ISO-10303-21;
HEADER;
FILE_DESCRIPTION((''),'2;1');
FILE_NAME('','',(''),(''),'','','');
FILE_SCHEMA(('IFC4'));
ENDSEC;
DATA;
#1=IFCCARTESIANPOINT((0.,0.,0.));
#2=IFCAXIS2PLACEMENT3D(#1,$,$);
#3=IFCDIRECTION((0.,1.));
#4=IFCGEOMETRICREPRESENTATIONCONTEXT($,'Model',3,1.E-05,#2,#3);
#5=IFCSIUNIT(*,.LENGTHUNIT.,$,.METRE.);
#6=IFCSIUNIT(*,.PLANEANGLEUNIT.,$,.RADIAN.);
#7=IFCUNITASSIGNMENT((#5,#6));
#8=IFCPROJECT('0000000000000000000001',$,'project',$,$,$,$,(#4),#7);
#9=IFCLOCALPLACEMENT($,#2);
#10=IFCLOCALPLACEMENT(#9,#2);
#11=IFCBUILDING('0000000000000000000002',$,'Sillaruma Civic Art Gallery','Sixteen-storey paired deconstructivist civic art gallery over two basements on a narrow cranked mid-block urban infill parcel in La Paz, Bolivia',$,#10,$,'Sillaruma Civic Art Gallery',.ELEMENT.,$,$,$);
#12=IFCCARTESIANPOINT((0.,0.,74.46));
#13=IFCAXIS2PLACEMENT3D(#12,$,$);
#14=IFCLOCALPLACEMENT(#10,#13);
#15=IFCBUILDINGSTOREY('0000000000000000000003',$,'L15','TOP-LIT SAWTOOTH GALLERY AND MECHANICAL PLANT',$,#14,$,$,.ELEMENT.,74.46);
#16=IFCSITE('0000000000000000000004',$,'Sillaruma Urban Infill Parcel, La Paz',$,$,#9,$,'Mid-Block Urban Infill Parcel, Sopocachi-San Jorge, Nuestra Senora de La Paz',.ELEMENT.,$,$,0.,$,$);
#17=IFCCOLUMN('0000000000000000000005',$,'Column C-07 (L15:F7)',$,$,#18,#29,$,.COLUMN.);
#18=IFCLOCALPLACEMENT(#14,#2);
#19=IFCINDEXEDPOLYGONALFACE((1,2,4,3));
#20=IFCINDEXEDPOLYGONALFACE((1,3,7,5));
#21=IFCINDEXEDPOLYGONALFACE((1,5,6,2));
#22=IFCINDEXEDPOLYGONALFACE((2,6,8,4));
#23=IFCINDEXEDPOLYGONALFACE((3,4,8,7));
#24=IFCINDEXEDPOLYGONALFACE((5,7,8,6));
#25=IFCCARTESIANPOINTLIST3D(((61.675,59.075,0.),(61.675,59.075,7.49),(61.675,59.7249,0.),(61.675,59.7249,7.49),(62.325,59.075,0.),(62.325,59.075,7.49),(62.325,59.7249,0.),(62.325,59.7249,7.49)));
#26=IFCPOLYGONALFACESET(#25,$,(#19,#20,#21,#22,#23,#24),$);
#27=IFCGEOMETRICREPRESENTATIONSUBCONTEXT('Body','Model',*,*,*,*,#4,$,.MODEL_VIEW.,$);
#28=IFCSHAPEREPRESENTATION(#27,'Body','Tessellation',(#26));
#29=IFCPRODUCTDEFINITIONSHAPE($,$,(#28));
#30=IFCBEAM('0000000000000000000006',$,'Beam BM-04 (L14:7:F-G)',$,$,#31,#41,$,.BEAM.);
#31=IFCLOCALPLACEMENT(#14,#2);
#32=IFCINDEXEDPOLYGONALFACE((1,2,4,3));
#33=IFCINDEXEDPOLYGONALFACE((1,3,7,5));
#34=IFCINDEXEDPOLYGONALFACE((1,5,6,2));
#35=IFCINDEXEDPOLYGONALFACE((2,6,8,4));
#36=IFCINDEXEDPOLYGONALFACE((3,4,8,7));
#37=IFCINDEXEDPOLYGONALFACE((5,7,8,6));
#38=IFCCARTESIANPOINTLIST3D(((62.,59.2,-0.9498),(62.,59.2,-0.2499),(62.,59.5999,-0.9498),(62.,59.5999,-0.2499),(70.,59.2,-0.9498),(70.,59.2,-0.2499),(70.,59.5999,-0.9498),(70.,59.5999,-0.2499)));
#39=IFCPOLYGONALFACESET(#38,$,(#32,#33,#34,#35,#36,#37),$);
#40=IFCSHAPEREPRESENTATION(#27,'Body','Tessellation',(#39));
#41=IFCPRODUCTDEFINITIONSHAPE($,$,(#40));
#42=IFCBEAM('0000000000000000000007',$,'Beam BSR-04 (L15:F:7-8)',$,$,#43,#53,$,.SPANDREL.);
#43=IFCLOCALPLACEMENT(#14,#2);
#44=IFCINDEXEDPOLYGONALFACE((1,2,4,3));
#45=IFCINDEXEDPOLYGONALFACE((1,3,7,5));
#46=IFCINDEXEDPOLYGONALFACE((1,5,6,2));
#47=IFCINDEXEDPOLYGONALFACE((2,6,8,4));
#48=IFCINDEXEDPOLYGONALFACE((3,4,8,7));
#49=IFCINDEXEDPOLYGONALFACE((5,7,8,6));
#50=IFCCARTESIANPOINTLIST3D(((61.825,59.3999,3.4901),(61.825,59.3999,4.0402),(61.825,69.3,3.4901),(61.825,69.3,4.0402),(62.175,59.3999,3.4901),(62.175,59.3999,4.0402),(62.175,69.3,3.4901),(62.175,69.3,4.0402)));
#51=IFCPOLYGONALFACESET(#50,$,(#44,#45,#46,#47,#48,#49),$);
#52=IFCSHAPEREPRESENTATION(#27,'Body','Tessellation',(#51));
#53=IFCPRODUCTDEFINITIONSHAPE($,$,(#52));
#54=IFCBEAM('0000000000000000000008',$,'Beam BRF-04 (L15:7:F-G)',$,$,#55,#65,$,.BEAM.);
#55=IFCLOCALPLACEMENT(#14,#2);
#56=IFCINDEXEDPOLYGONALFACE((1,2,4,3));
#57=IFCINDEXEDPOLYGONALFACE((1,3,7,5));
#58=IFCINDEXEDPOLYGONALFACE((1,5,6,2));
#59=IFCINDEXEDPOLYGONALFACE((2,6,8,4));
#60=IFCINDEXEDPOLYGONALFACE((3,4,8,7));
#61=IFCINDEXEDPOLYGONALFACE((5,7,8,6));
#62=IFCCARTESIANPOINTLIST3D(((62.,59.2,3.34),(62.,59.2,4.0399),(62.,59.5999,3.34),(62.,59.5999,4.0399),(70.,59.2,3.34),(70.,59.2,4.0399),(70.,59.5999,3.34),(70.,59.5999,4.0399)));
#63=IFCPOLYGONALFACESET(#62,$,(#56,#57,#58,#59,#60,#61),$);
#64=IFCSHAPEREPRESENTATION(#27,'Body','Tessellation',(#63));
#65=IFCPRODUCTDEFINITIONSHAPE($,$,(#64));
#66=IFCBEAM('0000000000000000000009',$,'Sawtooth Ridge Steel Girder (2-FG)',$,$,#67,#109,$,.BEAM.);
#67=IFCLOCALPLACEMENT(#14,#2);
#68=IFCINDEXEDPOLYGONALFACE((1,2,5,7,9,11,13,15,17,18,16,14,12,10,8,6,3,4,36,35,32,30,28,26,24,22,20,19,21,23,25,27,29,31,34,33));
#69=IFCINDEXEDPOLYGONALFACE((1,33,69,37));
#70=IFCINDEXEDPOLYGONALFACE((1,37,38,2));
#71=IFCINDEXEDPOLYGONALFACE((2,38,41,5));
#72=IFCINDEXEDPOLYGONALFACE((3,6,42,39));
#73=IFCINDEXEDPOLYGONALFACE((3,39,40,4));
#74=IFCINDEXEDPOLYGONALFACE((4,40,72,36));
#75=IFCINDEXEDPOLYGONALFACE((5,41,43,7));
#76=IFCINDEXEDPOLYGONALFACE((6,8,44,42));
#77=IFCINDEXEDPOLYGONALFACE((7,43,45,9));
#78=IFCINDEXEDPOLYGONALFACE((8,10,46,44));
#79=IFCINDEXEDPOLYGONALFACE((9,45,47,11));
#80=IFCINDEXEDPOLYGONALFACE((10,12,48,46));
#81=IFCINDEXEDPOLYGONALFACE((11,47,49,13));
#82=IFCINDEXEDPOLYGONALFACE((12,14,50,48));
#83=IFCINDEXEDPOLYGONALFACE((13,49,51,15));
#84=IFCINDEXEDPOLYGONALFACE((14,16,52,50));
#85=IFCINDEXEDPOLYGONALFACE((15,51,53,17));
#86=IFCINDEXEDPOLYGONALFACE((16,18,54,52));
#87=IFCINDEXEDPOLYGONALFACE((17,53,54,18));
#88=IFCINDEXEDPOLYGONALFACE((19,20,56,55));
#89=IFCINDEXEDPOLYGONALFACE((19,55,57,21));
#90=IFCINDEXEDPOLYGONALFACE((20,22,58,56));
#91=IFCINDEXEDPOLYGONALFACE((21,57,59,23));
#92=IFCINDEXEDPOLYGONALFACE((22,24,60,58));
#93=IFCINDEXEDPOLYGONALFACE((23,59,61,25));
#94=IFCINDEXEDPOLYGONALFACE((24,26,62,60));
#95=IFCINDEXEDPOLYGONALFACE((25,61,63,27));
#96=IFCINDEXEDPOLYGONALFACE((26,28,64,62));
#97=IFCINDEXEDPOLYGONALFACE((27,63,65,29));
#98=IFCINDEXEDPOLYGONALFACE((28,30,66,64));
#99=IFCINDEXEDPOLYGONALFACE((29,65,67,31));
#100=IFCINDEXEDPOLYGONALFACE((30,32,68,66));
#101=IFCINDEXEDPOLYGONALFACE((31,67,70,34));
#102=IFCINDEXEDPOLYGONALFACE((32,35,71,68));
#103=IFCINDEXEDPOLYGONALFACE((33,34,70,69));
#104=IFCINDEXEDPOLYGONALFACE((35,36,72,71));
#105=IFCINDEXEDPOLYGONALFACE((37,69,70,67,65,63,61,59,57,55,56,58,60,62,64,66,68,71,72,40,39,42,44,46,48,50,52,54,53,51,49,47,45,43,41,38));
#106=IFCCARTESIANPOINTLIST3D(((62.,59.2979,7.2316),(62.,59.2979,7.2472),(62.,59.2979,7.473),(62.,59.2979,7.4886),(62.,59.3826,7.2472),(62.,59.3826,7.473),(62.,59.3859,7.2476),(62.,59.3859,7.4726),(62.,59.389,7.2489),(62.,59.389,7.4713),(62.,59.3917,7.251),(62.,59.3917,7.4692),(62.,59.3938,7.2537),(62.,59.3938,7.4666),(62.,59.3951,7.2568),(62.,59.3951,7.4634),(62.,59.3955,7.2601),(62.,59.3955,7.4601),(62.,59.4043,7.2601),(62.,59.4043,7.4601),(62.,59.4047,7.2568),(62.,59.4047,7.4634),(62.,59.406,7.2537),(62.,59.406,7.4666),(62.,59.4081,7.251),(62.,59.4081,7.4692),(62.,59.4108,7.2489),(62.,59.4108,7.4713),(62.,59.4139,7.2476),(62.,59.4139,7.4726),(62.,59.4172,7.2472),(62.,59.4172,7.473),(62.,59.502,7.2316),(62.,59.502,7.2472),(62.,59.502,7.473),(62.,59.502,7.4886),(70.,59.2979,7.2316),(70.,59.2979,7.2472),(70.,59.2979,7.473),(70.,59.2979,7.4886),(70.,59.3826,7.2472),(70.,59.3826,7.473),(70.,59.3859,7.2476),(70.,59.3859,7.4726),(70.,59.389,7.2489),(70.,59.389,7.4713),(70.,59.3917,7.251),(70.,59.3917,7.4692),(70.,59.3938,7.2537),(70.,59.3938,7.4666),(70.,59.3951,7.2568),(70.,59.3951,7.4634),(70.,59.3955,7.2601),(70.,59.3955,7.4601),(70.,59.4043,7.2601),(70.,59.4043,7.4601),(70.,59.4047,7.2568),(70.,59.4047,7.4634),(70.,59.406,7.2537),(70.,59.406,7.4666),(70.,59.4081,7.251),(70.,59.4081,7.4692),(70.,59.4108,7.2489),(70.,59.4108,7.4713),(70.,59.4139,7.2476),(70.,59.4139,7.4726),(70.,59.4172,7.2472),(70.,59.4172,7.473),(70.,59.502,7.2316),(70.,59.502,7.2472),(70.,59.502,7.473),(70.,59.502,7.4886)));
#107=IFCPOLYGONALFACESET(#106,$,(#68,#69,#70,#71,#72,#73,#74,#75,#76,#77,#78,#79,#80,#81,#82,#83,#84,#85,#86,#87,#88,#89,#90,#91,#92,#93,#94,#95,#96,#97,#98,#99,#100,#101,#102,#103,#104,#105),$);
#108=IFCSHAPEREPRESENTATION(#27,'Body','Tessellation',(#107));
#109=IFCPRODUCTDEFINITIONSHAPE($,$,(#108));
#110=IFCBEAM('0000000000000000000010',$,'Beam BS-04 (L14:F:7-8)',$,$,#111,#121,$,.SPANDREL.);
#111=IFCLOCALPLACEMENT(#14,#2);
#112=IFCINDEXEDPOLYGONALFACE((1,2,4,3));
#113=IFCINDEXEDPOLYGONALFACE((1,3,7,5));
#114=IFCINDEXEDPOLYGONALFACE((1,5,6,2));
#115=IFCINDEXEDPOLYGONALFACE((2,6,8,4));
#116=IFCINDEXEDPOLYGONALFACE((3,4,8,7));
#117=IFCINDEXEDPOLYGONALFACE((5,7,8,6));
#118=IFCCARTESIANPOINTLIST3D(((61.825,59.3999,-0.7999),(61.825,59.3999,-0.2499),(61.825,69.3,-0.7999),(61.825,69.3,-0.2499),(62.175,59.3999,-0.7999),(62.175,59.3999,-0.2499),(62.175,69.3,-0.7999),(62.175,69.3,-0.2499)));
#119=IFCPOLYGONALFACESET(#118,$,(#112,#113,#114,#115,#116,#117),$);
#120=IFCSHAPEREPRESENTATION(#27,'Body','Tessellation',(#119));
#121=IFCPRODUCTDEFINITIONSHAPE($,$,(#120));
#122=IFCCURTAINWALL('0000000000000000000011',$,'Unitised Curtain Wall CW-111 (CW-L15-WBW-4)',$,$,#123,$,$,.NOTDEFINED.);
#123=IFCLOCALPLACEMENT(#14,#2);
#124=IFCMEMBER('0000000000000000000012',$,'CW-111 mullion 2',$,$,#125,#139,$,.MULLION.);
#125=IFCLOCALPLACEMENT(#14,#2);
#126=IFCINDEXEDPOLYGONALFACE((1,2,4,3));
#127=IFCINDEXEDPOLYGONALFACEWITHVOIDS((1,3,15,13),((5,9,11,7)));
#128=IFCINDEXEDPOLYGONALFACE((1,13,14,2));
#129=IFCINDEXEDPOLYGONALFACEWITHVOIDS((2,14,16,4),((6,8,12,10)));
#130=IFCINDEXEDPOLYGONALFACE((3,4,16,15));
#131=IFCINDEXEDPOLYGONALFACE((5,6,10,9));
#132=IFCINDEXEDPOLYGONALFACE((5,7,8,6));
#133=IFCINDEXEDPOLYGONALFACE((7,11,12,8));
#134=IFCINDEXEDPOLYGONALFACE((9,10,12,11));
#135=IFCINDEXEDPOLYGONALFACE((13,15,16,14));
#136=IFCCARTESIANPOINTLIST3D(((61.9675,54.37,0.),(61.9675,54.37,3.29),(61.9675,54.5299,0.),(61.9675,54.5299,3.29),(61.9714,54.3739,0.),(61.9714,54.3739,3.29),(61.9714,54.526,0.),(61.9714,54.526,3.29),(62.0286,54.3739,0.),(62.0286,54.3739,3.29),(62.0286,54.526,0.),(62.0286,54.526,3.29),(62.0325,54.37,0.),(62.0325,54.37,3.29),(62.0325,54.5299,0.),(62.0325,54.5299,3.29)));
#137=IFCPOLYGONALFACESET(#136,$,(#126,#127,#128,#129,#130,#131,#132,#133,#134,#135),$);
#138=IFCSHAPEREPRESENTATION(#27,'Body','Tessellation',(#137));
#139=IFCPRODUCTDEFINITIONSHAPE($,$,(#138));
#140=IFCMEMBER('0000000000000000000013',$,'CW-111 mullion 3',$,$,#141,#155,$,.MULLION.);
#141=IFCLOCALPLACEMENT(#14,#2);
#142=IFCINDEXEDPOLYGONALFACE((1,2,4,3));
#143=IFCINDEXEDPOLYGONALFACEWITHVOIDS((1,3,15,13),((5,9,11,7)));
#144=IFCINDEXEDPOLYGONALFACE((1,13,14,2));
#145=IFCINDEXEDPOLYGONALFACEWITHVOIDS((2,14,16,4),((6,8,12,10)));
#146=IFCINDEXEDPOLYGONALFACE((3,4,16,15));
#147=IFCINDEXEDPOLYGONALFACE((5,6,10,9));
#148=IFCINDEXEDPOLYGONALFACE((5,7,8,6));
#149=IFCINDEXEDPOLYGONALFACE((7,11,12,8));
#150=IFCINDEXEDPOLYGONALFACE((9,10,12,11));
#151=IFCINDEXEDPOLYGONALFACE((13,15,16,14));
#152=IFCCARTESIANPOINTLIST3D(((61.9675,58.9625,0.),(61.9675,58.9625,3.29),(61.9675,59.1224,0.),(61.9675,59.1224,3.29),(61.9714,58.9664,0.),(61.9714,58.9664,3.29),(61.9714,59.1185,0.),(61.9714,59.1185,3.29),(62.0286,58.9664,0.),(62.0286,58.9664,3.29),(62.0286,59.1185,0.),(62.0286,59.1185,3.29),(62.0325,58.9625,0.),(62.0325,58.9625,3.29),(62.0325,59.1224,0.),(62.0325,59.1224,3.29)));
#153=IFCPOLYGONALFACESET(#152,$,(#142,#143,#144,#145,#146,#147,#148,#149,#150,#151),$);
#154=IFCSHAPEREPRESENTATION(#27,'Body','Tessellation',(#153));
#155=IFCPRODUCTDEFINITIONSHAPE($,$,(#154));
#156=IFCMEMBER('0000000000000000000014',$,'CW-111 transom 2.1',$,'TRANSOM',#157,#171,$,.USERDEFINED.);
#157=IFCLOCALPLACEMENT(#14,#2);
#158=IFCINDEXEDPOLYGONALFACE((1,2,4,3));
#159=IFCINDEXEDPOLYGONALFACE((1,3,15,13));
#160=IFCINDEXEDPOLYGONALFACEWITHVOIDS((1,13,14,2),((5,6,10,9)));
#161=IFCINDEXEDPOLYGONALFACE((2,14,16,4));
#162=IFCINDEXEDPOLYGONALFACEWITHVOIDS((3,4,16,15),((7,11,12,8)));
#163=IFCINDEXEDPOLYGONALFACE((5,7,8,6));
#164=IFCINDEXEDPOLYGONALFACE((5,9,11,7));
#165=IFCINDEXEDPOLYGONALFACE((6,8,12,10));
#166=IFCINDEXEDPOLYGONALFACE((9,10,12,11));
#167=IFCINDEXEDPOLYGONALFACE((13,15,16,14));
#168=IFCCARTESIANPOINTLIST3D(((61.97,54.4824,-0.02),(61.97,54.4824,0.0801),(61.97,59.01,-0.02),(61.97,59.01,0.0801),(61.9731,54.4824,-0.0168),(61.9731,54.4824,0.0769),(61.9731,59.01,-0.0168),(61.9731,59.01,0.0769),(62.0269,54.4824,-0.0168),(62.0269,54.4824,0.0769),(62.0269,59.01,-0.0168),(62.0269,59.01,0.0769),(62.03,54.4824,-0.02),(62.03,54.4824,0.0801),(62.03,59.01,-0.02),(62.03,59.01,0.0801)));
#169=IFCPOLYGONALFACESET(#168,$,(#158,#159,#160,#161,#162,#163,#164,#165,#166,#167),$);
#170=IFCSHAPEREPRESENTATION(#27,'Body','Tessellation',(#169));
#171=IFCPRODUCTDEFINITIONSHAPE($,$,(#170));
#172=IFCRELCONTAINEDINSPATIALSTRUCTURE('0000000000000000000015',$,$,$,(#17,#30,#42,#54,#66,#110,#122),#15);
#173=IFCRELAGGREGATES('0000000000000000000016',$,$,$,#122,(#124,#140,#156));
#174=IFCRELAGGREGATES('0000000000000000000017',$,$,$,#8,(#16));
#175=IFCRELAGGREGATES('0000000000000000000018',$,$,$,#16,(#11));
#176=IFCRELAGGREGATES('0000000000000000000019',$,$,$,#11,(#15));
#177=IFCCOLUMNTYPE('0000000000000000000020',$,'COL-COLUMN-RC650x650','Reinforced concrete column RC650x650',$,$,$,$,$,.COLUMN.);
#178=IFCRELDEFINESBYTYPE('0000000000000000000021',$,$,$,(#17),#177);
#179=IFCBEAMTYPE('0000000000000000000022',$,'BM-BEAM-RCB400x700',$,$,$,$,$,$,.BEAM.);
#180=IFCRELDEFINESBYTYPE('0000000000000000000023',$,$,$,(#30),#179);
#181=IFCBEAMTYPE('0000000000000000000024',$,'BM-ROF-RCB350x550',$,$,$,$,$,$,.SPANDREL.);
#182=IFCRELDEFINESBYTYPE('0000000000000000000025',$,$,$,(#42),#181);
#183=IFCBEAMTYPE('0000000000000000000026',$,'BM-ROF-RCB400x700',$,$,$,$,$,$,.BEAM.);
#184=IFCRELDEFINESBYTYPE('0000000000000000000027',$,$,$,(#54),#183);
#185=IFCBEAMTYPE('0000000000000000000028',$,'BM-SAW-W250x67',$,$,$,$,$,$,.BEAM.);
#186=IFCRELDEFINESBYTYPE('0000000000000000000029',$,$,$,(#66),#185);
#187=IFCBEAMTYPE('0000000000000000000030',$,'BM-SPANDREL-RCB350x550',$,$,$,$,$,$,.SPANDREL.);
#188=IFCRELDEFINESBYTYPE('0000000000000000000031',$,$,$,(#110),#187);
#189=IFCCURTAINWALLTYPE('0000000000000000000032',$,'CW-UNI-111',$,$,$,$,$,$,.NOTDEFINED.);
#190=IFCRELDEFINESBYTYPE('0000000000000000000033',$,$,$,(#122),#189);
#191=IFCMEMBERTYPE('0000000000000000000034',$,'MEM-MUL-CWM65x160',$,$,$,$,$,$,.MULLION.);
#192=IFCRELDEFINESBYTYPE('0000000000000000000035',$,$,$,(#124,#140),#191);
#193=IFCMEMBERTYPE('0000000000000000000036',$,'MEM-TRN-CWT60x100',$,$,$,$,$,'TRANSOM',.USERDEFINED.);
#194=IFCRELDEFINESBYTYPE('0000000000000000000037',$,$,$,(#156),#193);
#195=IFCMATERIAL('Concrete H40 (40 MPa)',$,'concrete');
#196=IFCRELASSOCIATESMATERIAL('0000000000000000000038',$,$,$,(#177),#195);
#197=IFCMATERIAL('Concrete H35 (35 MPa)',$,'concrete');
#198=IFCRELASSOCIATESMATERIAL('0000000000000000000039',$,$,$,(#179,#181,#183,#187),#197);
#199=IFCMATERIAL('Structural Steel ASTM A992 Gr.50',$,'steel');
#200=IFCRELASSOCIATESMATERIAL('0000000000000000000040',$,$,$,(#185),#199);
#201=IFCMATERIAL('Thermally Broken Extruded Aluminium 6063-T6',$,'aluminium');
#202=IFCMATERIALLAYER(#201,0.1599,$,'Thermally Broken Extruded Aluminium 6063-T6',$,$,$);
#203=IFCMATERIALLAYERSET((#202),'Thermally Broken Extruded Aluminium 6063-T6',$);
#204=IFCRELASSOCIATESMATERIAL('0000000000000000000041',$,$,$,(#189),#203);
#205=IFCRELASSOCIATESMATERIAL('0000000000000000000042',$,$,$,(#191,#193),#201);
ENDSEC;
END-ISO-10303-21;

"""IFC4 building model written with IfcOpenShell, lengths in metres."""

from ifc_helpers import new_model, si_unit, direction, frame, origin, origin_2d, place, context, subcontext, project, spatial, rectangle, hollow_rectangle, i_section, extrude, material, layer, layer_set, material_profile, profile_set, type_object, element, aggregate, save


model = new_model("IFC4")

# Units and contexts
model_context = context("Model", 3, precision=1e-05, world=origin(), true_north=direction((0.0, 1.0)))
body_context = subcontext(model_context, "Body", "Model", "MODEL_VIEW")
ifc_project = project(units=[si_unit("LENGTHUNIT", "METRE"), si_unit("PLANEANGLEUNIT", "RADIAN")], contexts=[model_context])

# Site, building, storey
site_placement = place(None, origin())
site = spatial("IfcSite", under=ifc_project, at=site_placement, Name="Sillaruma Urban Infill Parcel, La Paz", LongName="Mid-Block Urban Infill Parcel, Sopocachi-San Jorge, Nuestra Senora de La Paz", CompositionType="ELEMENT", RefElevation=0.0)
building_placement = place(site_placement, origin())
building = spatial("IfcBuilding", under=site, at=building_placement, Name="Sillaruma Civic Art Gallery", Description="Sixteen-storey paired deconstructivist civic art gallery over two basements on a narrow cranked mid-block urban infill parcel in La Paz, Bolivia", LongName="Sillaruma Civic Art Gallery", CompositionType="ELEMENT")
storey_placement = place(building_placement, frame((0.0, 0.0, 74.46)))
storey = spatial("IfcBuildingStorey", under=building, at=storey_placement, Name="L15", Description="TOP-LIT SAWTOOTH GALLERY AND MECHANICAL PLANT", CompositionType="ELEMENT", Elevation=74.46)

# Column
ifc_material_1 = material(Name="Concrete H40 (40 MPa)", Category="concrete")
ifc_material_profile_1 = material_profile(ifc_material_1, rectangle(XDim=0.6499, YDim=0.6499, at=origin_2d()), Name="RC650x650")
ifc_profile_set_1 = profile_set([ifc_material_profile_1], Name="Concrete H40 (40 MPa)")
column_type = type_object("IfcColumnType", Name="COL-COLUMN-RC650x650", Description="Reinforced concrete column RC650x650", PredefinedType="COLUMN", material=ifc_profile_set_1)
column_placement = place(storey_placement, frame((62.0, 59.3999, 0.0), z_axis=(0.0, 0.0, 1.0), x_axis=(1.0, 0.0, 0.0)))
element("IfcColumn", 1, at=column_placement, inside=storey, type_object=column_type, Name="Column C-07 (L15:F7)", PredefinedType="COLUMN", context=body_context, shape_type="SweptSolid", body=[
    extrude(rectangle(XDim=0.6499, YDim=0.6499, at=origin_2d()), origin(), (0.0, 0.0, 1.0), 7.49),
])

# Beams
ifc_material_2 = material(Name="Concrete H35 (35 MPa)", Category="concrete")
ifc_material_profile_2 = material_profile(ifc_material_2, rectangle(XDim=0.3999, YDim=0.7, at=origin_2d()), Name="RCB400x700")
ifc_profile_set_2 = profile_set([ifc_material_profile_2], Name="Concrete H35 (35 MPa)")
beam_type_1 = type_object("IfcBeamType", Name="BM-BEAM-RCB400x700", PredefinedType="BEAM", material=ifc_profile_set_2)
beam_1_placement = place(storey_placement, frame((62.0, 59.3999, -0.5999), z_axis=(1.0, 0.0, 0.0), x_axis=(0.0, 1.0, 0.0)))
element("IfcBeam", 2, at=beam_1_placement, inside=storey, type_object=beam_type_1, Name="Beam BM-04 (L14:7:F-G)", PredefinedType="BEAM", context=body_context, shape_type="SweptSolid", body=[
    extrude(rectangle(XDim=0.3999, YDim=0.7, at=origin_2d()), origin(), (0.0, 0.0, 1.0), 8.0),
])
ifc_material_profile_3 = material_profile(ifc_material_2, rectangle(XDim=0.3501, YDim=0.55, at=origin_2d()), Name="RCB350x550")
ifc_profile_set_3 = profile_set([ifc_material_profile_3], Name="Concrete H35 (35 MPa)")
beam_type_2 = type_object("IfcBeamType", Name="BM-ROF-RCB350x550", PredefinedType="SPANDREL", material=ifc_profile_set_3)
beam_2_placement = place(storey_placement, frame((62.0, 59.3999, 3.7651), z_axis=(0.0, 1.0, 0.0), x_axis=(-1.0, 0.0, 0.0)))
element("IfcBeam", 3, at=beam_2_placement, inside=storey, type_object=beam_type_2, Name="Beam BSR-04 (L15:F:7-8)", PredefinedType="SPANDREL", context=body_context, shape_type="SweptSolid", body=[
    extrude(rectangle(XDim=0.3501, YDim=0.55, at=origin_2d()), origin(), (0.0, 0.0, 1.0), 9.9001),
])
ifc_material_profile_4 = material_profile(ifc_material_2, rectangle(XDim=0.3999, YDim=0.7, at=origin_2d()), Name="RCB400x700")
ifc_profile_set_4 = profile_set([ifc_material_profile_4], Name="Concrete H35 (35 MPa)")
beam_type_3 = type_object("IfcBeamType", Name="BM-ROF-RCB400x700", PredefinedType="BEAM", material=ifc_profile_set_4)
beam_3_placement = place(storey_placement, frame((62.0, 59.3999, 3.6899), z_axis=(1.0, 0.0, 0.0), x_axis=(0.0, 1.0, 0.0)))
element("IfcBeam", 4, at=beam_3_placement, inside=storey, type_object=beam_type_3, Name="Beam BRF-04 (L15:7:F-G)", PredefinedType="BEAM", context=body_context, shape_type="SweptSolid", body=[
    extrude(rectangle(XDim=0.3999, YDim=0.7, at=origin_2d()), origin(), (0.0, 0.0, 1.0), 8.0),
])
ifc_material_3 = material(Name="Structural Steel ASTM A992 Gr.50", Category="steel")
ifc_material_profile_5 = material_profile(ifc_material_3, i_section(OverallWidth=0.2041, OverallDepth=0.2571, WebThickness=0.0088, FlangeThickness=0.0156, FilletRadius=0.0129, at=origin_2d()), Name="W250x67")
ifc_profile_set_5 = profile_set([ifc_material_profile_5], Name="Structural Steel ASTM A992 Gr.50")
beam_type_4 = type_object("IfcBeamType", Name="BM-SAW-W250x67", PredefinedType="BEAM", material=ifc_profile_set_5)
beam_4_placement = place(storey_placement, frame((62.0, 59.3999, 7.3601), z_axis=(1.0, 0.0, 0.0), x_axis=(0.0, 1.0, 0.0)))
element("IfcBeam", 5, at=beam_4_placement, inside=storey, type_object=beam_type_4, Name="Sawtooth Ridge Steel Girder (2-FG)", PredefinedType="BEAM", context=body_context, shape_type="SweptSolid", body=[
    extrude(i_section(OverallWidth=0.2041, OverallDepth=0.2571, WebThickness=0.0088, FlangeThickness=0.0156, FilletRadius=0.0129, at=origin_2d()), origin(), (0.0, 0.0, 1.0), 8.0),
])
ifc_material_profile_6 = material_profile(ifc_material_2, rectangle(XDim=0.3501, YDim=0.55, at=origin_2d()), Name="RCB350x550")
ifc_profile_set_6 = profile_set([ifc_material_profile_6], Name="Concrete H35 (35 MPa)")
beam_type_5 = type_object("IfcBeamType", Name="BM-SPANDREL-RCB350x550", PredefinedType="SPANDREL", material=ifc_profile_set_6)
beam_5_placement = place(storey_placement, frame((62.0, 59.3999, -0.5249), z_axis=(0.0, 1.0, 0.0), x_axis=(-1.0, 0.0, 0.0)))
element("IfcBeam", 6, at=beam_5_placement, inside=storey, type_object=beam_type_5, Name="Beam BS-04 (L14:F:7-8)", PredefinedType="SPANDREL", context=body_context, shape_type="SweptSolid", body=[
    extrude(rectangle(XDim=0.3501, YDim=0.55, at=origin_2d()), origin(), (0.0, 0.0, 1.0), 9.9001),
])

# Curtain wall, members
ifc_material_4 = material(Name="Thermally Broken Extruded Aluminium 6063-T6", Category="aluminium")
ifc_layer_1 = layer(ifc_material_4, 0.1599, Name="Thermally Broken Extruded Aluminium 6063-T6")
ifc_layer_set_1 = layer_set([ifc_layer_1], Name="Thermally Broken Extruded Aluminium 6063-T6")
curtain_wall_type = type_object("IfcCurtainWallType", Name="CW-UNI-111", PredefinedType="NOTDEFINED", material=ifc_layer_set_1)
curtain_wall_placement = place(storey_placement, origin())
curtain_wall = element("IfcCurtainWall", 7, at=curtain_wall_placement, inside=storey, type_object=curtain_wall_type, Name="Unitised Curtain Wall CW-111 (CW-L15-WBW-4)", PredefinedType="NOTDEFINED")
ifc_material_profile_7 = material_profile(ifc_material_4, hollow_rectangle(XDim=0.0649, YDim=0.1599, WallThickness=0.0039, at=origin_2d()), Name="CWM65x160")
ifc_profile_set_7 = profile_set([ifc_material_profile_7], Name="Thermally Broken Extruded Aluminium 6063-T6")
member_type_1 = type_object("IfcMemberType", Name="MEM-MUL-CWM65x160", PredefinedType="MULLION", material=ifc_profile_set_7)
member_1_placement = place(storey_placement, frame((62.0, 54.45, 0.0), z_axis=(0.0, 0.0, 1.0), x_axis=(-1.0, 0.0, 0.0)))
member_1 = element("IfcMember", 8, at=member_1_placement, type_object=member_type_1, Name="CW-111 mullion 2", PredefinedType="MULLION", context=body_context, shape_type="SweptSolid", body=[
    extrude(hollow_rectangle(XDim=0.0649, YDim=0.1599, WallThickness=0.0039, at=origin_2d()), origin(), (0.0, 0.0, 1.0), 3.29),
])
member_2_placement = place(storey_placement, frame((62.0, 59.0425, 0.0), z_axis=(0.0, 0.0, 1.0), x_axis=(-1.0, 0.0, 0.0)))
member_2 = element("IfcMember", 9, at=member_2_placement, type_object=member_type_1, Name="CW-111 mullion 3", PredefinedType="MULLION", context=body_context, shape_type="SweptSolid", body=[
    extrude(hollow_rectangle(XDim=0.0649, YDim=0.1599, WallThickness=0.0039, at=origin_2d()), origin(), (0.0, 0.0, 1.0), 3.29),
])
ifc_material_profile_8 = material_profile(ifc_material_4, hollow_rectangle(XDim=0.0601, YDim=0.1001, WallThickness=0.0032, at=origin_2d()), Name="CWT60x100")
ifc_profile_set_8 = profile_set([ifc_material_profile_8], Name="Thermally Broken Extruded Aluminium 6063-T6")
member_type_2 = type_object("IfcMemberType", Name="MEM-TRN-CWT60x100", ElementType="TRANSOM", PredefinedType="USERDEFINED", material=ifc_profile_set_8)
member_3_placement = place(storey_placement, frame((62.0, 54.4824, 0.03), z_axis=(0.0, 1.0, 0.0), x_axis=(-1.0, 0.0, 0.0)))
member_3 = element("IfcMember", 10, at=member_3_placement, type_object=member_type_2, Name="CW-111 transom 2.1", ObjectType="TRANSOM", PredefinedType="USERDEFINED", context=body_context, shape_type="SweptSolid", body=[
    extrude(hollow_rectangle(XDim=0.0601, YDim=0.1001, WallThickness=0.0032, at=origin_2d()), origin(), (0.0, 0.0, 1.0), 4.5276),
])
aggregate(curtain_wall, [member_1, member_2, member_3])

save(model, "model.ifc")
